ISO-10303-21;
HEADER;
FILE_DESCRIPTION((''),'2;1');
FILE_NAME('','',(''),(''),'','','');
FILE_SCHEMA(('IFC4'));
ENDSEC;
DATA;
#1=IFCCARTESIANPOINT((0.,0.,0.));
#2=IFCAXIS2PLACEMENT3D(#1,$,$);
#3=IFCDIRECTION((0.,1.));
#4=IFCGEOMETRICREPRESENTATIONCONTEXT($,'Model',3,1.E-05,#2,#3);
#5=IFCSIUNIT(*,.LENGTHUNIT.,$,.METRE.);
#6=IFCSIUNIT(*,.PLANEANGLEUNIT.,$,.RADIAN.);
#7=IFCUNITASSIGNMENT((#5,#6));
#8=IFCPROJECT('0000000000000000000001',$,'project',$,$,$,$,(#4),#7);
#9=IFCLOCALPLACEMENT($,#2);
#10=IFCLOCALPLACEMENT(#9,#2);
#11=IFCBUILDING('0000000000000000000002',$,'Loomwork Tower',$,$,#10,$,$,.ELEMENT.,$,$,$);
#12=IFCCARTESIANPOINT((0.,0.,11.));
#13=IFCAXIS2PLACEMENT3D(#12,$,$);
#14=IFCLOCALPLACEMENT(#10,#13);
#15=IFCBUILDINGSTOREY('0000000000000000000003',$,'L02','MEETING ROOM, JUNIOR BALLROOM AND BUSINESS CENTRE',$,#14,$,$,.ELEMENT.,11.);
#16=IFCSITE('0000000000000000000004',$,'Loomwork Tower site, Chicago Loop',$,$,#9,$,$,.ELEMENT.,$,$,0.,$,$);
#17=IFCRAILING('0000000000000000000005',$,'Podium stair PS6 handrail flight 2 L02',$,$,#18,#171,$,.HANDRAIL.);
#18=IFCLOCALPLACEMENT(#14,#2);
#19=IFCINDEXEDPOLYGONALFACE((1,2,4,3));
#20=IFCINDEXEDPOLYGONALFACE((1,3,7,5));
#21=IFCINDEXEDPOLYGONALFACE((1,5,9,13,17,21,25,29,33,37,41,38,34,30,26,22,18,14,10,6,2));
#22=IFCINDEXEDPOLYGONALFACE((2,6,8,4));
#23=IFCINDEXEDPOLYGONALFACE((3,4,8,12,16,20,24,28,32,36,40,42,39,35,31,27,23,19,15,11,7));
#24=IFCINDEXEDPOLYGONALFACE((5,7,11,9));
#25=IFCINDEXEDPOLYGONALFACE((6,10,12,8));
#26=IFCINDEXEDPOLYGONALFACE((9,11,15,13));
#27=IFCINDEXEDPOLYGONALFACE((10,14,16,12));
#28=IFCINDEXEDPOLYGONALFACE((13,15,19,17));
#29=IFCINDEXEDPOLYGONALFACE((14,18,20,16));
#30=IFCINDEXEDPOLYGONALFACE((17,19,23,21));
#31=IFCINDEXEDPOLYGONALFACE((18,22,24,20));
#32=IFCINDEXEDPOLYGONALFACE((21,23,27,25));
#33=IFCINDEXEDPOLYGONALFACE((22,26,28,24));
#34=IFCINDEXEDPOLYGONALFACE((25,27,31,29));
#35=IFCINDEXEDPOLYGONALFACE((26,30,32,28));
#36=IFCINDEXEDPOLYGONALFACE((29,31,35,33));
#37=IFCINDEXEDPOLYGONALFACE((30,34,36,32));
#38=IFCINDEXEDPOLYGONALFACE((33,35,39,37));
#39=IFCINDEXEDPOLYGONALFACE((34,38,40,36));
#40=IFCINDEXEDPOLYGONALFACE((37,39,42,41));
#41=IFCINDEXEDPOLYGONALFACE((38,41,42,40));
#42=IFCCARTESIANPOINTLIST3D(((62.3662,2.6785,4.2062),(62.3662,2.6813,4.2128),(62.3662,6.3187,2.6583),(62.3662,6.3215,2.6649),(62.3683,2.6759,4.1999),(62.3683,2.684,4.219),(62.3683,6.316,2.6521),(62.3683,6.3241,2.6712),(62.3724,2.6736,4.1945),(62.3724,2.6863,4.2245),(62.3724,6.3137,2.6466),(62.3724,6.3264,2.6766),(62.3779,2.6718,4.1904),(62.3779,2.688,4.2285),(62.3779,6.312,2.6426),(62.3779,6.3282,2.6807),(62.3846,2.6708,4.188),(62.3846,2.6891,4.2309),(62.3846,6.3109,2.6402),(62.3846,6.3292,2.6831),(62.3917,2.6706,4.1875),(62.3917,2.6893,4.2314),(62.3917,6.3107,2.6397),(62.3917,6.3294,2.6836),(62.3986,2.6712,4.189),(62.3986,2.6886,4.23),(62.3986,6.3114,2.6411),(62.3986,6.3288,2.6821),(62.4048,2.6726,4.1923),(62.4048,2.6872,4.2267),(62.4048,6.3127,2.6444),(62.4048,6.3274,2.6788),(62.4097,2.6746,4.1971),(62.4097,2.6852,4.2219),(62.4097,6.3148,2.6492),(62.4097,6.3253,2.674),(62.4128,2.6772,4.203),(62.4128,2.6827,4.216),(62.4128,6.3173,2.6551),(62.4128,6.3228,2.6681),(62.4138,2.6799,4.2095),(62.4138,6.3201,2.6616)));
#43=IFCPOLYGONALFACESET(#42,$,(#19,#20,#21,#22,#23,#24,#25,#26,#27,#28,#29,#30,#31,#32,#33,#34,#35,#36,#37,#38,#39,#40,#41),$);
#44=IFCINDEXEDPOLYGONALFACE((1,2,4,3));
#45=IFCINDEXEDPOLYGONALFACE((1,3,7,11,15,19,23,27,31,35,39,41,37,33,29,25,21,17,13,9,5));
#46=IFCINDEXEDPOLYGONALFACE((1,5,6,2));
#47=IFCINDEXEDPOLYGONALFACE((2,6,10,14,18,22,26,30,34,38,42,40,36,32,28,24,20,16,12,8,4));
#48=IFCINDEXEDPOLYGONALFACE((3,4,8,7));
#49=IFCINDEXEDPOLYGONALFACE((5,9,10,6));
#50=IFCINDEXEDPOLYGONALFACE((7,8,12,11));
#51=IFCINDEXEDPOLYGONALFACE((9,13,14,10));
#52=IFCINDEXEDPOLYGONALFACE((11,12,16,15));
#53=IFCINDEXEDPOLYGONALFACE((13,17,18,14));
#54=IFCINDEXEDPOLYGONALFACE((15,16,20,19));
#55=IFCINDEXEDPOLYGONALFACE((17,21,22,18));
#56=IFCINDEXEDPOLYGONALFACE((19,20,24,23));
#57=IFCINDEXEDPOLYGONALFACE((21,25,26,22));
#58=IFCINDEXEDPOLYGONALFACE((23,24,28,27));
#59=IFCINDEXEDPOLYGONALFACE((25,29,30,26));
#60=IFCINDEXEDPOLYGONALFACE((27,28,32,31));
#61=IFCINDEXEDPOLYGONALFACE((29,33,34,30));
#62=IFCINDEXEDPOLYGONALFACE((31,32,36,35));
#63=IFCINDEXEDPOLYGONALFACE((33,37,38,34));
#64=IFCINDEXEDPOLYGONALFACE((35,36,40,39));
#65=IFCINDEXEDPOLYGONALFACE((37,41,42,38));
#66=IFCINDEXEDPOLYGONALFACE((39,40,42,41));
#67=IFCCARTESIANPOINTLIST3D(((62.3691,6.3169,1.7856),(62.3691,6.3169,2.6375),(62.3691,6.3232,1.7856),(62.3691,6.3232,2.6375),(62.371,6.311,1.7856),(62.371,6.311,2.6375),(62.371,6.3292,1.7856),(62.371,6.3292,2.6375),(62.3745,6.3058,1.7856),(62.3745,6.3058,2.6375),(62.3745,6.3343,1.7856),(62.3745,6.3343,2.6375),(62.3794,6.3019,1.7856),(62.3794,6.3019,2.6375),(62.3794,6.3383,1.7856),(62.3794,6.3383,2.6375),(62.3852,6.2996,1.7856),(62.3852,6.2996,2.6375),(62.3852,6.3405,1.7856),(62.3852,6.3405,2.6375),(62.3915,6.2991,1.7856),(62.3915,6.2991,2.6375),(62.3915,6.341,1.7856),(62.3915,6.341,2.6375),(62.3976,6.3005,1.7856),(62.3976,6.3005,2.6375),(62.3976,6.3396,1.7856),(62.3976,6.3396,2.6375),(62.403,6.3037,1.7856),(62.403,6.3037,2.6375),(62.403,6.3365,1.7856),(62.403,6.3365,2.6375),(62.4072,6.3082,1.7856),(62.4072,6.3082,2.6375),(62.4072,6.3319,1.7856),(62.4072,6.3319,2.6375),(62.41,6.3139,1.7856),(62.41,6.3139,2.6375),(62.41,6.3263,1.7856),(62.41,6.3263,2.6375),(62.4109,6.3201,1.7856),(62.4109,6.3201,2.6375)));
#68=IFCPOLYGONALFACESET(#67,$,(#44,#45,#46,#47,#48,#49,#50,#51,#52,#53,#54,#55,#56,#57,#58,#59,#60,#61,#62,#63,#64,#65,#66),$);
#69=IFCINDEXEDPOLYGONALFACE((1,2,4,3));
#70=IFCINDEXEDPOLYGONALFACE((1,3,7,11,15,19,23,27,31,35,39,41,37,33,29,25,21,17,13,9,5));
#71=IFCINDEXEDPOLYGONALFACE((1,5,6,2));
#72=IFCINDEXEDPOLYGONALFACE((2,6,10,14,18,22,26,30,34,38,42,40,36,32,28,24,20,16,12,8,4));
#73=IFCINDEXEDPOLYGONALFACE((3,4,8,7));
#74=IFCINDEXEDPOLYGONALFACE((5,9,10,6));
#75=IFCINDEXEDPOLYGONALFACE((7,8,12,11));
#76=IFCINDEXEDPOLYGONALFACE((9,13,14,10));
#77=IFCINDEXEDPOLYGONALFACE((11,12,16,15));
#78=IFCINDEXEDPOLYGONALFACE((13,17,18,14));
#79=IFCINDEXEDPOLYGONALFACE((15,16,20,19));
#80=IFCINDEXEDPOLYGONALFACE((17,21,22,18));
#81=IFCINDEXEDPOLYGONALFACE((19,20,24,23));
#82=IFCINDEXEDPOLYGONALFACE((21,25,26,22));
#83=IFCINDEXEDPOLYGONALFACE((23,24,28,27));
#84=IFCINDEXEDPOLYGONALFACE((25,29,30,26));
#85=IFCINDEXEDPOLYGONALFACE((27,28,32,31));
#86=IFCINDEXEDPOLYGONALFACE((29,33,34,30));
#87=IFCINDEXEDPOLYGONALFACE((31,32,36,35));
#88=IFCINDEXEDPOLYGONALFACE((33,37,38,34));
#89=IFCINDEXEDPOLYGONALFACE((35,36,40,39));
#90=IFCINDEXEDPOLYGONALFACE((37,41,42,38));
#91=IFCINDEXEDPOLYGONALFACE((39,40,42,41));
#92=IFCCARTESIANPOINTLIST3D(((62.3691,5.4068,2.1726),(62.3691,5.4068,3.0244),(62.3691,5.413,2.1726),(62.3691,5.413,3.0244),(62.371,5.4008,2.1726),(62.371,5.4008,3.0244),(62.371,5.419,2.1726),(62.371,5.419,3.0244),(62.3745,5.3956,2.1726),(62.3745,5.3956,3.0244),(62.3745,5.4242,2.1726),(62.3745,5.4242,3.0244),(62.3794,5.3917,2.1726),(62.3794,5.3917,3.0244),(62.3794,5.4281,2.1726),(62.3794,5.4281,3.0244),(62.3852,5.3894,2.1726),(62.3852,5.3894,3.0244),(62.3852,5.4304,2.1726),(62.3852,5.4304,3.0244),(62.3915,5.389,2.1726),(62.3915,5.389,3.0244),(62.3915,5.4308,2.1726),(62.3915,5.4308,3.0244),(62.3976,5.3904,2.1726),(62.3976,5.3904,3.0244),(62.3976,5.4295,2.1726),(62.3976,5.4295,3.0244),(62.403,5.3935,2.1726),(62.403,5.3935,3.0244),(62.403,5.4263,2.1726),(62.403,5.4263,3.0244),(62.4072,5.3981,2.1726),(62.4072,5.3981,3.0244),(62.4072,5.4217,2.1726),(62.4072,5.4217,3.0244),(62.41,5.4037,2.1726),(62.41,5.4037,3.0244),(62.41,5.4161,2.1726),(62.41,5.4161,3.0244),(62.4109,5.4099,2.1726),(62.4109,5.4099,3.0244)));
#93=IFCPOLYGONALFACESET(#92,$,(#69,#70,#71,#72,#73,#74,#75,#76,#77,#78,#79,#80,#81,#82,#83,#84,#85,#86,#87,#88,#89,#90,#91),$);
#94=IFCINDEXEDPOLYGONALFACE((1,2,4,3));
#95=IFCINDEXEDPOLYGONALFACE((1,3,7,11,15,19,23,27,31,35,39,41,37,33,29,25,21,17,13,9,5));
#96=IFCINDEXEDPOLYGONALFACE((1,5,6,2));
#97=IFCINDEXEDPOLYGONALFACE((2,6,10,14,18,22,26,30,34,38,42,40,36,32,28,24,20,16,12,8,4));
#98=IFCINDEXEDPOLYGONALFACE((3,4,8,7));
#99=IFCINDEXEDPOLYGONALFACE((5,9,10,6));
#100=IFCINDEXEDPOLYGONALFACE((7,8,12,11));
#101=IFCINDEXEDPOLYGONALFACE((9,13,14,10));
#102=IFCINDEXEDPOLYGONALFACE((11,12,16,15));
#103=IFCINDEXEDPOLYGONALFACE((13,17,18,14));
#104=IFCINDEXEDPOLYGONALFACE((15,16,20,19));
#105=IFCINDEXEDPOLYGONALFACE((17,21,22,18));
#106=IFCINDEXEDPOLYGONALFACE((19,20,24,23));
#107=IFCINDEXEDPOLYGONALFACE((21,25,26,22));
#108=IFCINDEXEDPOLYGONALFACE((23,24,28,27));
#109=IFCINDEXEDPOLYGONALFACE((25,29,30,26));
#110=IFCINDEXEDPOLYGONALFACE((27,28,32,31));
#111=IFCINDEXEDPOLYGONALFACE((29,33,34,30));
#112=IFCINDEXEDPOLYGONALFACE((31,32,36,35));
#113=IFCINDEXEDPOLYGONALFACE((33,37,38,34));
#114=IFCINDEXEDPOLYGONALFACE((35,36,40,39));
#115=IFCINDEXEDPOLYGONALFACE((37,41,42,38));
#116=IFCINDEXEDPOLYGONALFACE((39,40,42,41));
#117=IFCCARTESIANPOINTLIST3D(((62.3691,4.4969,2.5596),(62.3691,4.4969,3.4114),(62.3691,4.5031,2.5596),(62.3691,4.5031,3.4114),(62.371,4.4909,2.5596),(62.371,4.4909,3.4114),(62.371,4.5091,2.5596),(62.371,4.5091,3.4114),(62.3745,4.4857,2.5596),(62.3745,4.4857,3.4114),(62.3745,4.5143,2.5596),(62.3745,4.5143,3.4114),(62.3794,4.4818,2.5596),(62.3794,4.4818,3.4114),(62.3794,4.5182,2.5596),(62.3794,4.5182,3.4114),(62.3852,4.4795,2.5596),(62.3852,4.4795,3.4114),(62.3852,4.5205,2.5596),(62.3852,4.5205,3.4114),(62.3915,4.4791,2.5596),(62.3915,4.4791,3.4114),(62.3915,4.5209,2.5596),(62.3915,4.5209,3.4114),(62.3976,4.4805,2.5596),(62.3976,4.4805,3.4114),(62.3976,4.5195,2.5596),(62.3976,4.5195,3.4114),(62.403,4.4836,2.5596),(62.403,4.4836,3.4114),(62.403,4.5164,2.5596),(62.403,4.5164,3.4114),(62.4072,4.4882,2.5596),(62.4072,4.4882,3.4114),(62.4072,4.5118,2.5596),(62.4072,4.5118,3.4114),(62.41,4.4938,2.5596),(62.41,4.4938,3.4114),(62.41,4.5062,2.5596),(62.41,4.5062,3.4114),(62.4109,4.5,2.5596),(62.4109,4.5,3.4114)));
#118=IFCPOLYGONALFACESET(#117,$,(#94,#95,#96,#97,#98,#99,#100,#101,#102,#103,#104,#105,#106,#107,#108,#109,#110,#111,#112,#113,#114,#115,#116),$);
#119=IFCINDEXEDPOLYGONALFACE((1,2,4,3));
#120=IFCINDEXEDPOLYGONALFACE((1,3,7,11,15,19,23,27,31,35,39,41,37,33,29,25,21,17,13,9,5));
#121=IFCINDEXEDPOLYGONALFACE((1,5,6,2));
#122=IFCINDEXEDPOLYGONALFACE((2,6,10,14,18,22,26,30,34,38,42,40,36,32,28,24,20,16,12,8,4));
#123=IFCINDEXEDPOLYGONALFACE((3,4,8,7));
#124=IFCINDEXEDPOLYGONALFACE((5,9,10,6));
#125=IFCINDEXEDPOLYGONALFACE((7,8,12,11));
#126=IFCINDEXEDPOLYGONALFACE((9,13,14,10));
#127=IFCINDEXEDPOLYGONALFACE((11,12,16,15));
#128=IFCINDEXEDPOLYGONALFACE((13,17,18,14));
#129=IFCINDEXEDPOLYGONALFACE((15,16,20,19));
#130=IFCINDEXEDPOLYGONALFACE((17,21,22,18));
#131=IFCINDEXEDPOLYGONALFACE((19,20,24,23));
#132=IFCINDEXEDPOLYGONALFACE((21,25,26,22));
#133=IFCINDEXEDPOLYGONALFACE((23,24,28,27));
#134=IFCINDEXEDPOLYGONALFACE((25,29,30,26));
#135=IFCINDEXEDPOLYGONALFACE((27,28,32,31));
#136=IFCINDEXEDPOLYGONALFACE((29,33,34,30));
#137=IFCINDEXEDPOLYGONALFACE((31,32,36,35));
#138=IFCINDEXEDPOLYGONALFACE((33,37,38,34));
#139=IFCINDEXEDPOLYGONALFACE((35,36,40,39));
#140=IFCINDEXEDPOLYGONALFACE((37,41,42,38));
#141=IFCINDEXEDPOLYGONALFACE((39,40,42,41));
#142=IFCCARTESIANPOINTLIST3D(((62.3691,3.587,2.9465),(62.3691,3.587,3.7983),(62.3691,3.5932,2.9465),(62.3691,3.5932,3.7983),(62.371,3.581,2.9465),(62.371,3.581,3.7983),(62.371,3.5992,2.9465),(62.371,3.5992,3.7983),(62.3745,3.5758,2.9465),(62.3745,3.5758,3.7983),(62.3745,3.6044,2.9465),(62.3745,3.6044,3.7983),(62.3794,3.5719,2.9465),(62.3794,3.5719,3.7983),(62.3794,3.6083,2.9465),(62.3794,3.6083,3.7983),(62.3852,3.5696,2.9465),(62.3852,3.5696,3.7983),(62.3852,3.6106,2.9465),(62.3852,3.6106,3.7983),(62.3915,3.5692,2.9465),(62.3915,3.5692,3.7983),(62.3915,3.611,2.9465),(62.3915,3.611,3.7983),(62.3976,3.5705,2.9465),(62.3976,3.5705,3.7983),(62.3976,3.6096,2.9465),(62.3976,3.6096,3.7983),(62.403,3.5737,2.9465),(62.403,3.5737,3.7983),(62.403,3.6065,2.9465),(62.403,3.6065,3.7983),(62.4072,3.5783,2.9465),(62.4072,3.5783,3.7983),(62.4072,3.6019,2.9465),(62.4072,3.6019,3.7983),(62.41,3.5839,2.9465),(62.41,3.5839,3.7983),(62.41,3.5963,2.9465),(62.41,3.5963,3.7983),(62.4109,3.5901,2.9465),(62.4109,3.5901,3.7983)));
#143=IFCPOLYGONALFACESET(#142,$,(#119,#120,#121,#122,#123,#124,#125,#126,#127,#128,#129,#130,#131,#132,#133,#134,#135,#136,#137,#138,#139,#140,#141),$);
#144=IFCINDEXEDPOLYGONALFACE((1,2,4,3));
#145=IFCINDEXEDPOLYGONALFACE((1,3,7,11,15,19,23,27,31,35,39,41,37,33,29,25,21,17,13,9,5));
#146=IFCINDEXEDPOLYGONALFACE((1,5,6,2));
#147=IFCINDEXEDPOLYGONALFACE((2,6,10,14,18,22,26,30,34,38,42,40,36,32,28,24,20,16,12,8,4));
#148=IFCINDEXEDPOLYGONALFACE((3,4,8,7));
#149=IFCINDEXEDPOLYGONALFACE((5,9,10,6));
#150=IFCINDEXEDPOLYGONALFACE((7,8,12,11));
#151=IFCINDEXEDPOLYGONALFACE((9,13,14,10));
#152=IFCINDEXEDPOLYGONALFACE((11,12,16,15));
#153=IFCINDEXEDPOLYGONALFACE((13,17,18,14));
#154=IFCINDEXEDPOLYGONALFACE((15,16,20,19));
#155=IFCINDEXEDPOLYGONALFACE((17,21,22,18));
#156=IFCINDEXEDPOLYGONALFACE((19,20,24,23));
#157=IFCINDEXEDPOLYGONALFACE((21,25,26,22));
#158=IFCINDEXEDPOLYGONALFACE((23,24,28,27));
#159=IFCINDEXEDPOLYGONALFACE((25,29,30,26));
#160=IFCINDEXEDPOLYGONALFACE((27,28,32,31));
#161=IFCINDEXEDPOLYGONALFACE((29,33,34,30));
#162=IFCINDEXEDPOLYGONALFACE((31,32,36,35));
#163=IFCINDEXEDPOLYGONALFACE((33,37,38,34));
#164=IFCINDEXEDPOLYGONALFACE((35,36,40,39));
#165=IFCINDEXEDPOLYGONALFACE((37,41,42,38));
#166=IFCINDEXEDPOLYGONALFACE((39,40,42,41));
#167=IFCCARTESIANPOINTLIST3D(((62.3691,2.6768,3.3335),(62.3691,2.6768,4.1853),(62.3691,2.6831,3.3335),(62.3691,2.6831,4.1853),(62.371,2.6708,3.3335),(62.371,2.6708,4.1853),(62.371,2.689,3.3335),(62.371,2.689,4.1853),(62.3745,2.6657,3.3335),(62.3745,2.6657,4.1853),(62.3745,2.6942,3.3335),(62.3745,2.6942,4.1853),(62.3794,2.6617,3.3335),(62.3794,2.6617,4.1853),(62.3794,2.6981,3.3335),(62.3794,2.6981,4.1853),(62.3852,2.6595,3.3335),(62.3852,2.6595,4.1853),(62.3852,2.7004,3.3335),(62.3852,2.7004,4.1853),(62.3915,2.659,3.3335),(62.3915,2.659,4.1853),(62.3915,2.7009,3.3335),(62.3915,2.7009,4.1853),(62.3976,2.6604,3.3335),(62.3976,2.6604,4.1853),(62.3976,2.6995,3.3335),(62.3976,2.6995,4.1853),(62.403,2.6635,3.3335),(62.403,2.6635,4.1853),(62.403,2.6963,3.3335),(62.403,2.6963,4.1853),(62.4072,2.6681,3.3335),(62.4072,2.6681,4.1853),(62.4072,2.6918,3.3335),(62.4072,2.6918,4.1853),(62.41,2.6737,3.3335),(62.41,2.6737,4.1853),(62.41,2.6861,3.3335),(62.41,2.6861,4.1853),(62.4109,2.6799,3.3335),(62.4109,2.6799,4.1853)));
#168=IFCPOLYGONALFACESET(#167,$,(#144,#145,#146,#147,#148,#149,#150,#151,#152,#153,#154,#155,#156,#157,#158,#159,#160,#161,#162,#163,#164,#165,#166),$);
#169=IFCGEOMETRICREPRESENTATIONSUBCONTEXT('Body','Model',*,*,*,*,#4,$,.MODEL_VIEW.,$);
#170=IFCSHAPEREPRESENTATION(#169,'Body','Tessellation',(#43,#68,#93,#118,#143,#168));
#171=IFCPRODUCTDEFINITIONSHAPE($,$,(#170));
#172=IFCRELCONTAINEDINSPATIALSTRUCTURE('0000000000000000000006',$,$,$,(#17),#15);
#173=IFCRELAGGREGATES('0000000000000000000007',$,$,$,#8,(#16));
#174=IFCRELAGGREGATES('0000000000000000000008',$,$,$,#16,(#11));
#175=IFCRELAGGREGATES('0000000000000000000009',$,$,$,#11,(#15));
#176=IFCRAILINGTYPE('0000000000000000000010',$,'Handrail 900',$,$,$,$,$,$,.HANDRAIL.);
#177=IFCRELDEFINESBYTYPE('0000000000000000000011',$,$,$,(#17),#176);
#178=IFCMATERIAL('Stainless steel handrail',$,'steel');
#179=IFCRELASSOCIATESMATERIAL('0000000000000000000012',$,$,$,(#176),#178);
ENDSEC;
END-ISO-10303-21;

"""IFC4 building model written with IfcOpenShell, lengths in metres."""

from ifc_helpers import new_model, si_unit, direction, frame, origin, origin_2d, place, context, subcontext, project, spatial, circle, extrude, material, type_object, element, save


model = new_model("IFC4")

# Units and contexts
model_context = context("Model", 3, precision=1e-05, world=origin(), true_north=direction((0.0, 1.0)))
body_context = subcontext(model_context, "Body", "Model", "MODEL_VIEW")
ifc_project = project(units=[si_unit("LENGTHUNIT", "METRE"), si_unit("PLANEANGLEUNIT", "RADIAN")], contexts=[model_context])

# Site, building, storey
site_placement = place(None, origin())
site = spatial("IfcSite", under=ifc_project, at=site_placement, Name="Loomwork Tower site, Chicago Loop", CompositionType="ELEMENT", RefElevation=0.0)
building_placement = place(site_placement, origin())
building = spatial("IfcBuilding", under=site, at=building_placement, Name="Loomwork Tower", CompositionType="ELEMENT")
storey_placement = place(building_placement, frame((0.0, 0.0, 11.0)))
storey = spatial("IfcBuildingStorey", under=building, at=storey_placement, Name="L02", Description="MEETING ROOM, JUNIOR BALLROOM AND BUSINESS CENTRE", CompositionType="ELEMENT", Elevation=11.0)

# Railing
ifc_material_1 = material(Name="Stainless steel handrail", Category="steel")
railing_type = type_object("IfcRailingType", Name="Handrail 900", PredefinedType="HANDRAIL", material=ifc_material_1)
railing_1_placement = place(storey_placement, frame((62.3899, 6.3201, 1.7856)))
element("IfcRailing", 1, at=railing_1_placement, inside=storey, type_object=railing_type, Name="Podium stair PS6 handrail flight 2 L02", PredefinedType="HANDRAIL", context=body_context, shape_type="SweptSolid", body=[
    extrude(circle(Radius=0.0239, at=origin_2d()), frame((0.0, 0.0, 0.876), z_axis=(0.0, -0.920259, 0.391311), x_axis=(1.0, 0.0, 0.0)), (0.0, 0.0, 1.0), 3.9556),
    extrude(circle(Radius=0.021, at=origin_2d()), origin(), (0.0, 0.0, 1.0), 0.8518),
    extrude(circle(Radius=0.021, at=origin_2d()), frame((0.0, -0.9102, 0.387)), (0.0, 0.0, 1.0), 0.8518),
    extrude(circle(Radius=0.021, at=origin_2d()), frame((0.0, -1.8201, 0.7739)), (0.0, 0.0, 1.0), 0.8518),
    extrude(circle(Radius=0.021, at=origin_2d()), frame((0.0, -2.73, 1.1609)), (0.0, 0.0, 1.0), 0.8518),
    extrude(circle(Radius=0.021, at=origin_2d()), frame((0.0, -3.6401, 1.5479)), (0.0, 0.0, 1.0), 0.8518),
])

save(model, "model.ifc")
